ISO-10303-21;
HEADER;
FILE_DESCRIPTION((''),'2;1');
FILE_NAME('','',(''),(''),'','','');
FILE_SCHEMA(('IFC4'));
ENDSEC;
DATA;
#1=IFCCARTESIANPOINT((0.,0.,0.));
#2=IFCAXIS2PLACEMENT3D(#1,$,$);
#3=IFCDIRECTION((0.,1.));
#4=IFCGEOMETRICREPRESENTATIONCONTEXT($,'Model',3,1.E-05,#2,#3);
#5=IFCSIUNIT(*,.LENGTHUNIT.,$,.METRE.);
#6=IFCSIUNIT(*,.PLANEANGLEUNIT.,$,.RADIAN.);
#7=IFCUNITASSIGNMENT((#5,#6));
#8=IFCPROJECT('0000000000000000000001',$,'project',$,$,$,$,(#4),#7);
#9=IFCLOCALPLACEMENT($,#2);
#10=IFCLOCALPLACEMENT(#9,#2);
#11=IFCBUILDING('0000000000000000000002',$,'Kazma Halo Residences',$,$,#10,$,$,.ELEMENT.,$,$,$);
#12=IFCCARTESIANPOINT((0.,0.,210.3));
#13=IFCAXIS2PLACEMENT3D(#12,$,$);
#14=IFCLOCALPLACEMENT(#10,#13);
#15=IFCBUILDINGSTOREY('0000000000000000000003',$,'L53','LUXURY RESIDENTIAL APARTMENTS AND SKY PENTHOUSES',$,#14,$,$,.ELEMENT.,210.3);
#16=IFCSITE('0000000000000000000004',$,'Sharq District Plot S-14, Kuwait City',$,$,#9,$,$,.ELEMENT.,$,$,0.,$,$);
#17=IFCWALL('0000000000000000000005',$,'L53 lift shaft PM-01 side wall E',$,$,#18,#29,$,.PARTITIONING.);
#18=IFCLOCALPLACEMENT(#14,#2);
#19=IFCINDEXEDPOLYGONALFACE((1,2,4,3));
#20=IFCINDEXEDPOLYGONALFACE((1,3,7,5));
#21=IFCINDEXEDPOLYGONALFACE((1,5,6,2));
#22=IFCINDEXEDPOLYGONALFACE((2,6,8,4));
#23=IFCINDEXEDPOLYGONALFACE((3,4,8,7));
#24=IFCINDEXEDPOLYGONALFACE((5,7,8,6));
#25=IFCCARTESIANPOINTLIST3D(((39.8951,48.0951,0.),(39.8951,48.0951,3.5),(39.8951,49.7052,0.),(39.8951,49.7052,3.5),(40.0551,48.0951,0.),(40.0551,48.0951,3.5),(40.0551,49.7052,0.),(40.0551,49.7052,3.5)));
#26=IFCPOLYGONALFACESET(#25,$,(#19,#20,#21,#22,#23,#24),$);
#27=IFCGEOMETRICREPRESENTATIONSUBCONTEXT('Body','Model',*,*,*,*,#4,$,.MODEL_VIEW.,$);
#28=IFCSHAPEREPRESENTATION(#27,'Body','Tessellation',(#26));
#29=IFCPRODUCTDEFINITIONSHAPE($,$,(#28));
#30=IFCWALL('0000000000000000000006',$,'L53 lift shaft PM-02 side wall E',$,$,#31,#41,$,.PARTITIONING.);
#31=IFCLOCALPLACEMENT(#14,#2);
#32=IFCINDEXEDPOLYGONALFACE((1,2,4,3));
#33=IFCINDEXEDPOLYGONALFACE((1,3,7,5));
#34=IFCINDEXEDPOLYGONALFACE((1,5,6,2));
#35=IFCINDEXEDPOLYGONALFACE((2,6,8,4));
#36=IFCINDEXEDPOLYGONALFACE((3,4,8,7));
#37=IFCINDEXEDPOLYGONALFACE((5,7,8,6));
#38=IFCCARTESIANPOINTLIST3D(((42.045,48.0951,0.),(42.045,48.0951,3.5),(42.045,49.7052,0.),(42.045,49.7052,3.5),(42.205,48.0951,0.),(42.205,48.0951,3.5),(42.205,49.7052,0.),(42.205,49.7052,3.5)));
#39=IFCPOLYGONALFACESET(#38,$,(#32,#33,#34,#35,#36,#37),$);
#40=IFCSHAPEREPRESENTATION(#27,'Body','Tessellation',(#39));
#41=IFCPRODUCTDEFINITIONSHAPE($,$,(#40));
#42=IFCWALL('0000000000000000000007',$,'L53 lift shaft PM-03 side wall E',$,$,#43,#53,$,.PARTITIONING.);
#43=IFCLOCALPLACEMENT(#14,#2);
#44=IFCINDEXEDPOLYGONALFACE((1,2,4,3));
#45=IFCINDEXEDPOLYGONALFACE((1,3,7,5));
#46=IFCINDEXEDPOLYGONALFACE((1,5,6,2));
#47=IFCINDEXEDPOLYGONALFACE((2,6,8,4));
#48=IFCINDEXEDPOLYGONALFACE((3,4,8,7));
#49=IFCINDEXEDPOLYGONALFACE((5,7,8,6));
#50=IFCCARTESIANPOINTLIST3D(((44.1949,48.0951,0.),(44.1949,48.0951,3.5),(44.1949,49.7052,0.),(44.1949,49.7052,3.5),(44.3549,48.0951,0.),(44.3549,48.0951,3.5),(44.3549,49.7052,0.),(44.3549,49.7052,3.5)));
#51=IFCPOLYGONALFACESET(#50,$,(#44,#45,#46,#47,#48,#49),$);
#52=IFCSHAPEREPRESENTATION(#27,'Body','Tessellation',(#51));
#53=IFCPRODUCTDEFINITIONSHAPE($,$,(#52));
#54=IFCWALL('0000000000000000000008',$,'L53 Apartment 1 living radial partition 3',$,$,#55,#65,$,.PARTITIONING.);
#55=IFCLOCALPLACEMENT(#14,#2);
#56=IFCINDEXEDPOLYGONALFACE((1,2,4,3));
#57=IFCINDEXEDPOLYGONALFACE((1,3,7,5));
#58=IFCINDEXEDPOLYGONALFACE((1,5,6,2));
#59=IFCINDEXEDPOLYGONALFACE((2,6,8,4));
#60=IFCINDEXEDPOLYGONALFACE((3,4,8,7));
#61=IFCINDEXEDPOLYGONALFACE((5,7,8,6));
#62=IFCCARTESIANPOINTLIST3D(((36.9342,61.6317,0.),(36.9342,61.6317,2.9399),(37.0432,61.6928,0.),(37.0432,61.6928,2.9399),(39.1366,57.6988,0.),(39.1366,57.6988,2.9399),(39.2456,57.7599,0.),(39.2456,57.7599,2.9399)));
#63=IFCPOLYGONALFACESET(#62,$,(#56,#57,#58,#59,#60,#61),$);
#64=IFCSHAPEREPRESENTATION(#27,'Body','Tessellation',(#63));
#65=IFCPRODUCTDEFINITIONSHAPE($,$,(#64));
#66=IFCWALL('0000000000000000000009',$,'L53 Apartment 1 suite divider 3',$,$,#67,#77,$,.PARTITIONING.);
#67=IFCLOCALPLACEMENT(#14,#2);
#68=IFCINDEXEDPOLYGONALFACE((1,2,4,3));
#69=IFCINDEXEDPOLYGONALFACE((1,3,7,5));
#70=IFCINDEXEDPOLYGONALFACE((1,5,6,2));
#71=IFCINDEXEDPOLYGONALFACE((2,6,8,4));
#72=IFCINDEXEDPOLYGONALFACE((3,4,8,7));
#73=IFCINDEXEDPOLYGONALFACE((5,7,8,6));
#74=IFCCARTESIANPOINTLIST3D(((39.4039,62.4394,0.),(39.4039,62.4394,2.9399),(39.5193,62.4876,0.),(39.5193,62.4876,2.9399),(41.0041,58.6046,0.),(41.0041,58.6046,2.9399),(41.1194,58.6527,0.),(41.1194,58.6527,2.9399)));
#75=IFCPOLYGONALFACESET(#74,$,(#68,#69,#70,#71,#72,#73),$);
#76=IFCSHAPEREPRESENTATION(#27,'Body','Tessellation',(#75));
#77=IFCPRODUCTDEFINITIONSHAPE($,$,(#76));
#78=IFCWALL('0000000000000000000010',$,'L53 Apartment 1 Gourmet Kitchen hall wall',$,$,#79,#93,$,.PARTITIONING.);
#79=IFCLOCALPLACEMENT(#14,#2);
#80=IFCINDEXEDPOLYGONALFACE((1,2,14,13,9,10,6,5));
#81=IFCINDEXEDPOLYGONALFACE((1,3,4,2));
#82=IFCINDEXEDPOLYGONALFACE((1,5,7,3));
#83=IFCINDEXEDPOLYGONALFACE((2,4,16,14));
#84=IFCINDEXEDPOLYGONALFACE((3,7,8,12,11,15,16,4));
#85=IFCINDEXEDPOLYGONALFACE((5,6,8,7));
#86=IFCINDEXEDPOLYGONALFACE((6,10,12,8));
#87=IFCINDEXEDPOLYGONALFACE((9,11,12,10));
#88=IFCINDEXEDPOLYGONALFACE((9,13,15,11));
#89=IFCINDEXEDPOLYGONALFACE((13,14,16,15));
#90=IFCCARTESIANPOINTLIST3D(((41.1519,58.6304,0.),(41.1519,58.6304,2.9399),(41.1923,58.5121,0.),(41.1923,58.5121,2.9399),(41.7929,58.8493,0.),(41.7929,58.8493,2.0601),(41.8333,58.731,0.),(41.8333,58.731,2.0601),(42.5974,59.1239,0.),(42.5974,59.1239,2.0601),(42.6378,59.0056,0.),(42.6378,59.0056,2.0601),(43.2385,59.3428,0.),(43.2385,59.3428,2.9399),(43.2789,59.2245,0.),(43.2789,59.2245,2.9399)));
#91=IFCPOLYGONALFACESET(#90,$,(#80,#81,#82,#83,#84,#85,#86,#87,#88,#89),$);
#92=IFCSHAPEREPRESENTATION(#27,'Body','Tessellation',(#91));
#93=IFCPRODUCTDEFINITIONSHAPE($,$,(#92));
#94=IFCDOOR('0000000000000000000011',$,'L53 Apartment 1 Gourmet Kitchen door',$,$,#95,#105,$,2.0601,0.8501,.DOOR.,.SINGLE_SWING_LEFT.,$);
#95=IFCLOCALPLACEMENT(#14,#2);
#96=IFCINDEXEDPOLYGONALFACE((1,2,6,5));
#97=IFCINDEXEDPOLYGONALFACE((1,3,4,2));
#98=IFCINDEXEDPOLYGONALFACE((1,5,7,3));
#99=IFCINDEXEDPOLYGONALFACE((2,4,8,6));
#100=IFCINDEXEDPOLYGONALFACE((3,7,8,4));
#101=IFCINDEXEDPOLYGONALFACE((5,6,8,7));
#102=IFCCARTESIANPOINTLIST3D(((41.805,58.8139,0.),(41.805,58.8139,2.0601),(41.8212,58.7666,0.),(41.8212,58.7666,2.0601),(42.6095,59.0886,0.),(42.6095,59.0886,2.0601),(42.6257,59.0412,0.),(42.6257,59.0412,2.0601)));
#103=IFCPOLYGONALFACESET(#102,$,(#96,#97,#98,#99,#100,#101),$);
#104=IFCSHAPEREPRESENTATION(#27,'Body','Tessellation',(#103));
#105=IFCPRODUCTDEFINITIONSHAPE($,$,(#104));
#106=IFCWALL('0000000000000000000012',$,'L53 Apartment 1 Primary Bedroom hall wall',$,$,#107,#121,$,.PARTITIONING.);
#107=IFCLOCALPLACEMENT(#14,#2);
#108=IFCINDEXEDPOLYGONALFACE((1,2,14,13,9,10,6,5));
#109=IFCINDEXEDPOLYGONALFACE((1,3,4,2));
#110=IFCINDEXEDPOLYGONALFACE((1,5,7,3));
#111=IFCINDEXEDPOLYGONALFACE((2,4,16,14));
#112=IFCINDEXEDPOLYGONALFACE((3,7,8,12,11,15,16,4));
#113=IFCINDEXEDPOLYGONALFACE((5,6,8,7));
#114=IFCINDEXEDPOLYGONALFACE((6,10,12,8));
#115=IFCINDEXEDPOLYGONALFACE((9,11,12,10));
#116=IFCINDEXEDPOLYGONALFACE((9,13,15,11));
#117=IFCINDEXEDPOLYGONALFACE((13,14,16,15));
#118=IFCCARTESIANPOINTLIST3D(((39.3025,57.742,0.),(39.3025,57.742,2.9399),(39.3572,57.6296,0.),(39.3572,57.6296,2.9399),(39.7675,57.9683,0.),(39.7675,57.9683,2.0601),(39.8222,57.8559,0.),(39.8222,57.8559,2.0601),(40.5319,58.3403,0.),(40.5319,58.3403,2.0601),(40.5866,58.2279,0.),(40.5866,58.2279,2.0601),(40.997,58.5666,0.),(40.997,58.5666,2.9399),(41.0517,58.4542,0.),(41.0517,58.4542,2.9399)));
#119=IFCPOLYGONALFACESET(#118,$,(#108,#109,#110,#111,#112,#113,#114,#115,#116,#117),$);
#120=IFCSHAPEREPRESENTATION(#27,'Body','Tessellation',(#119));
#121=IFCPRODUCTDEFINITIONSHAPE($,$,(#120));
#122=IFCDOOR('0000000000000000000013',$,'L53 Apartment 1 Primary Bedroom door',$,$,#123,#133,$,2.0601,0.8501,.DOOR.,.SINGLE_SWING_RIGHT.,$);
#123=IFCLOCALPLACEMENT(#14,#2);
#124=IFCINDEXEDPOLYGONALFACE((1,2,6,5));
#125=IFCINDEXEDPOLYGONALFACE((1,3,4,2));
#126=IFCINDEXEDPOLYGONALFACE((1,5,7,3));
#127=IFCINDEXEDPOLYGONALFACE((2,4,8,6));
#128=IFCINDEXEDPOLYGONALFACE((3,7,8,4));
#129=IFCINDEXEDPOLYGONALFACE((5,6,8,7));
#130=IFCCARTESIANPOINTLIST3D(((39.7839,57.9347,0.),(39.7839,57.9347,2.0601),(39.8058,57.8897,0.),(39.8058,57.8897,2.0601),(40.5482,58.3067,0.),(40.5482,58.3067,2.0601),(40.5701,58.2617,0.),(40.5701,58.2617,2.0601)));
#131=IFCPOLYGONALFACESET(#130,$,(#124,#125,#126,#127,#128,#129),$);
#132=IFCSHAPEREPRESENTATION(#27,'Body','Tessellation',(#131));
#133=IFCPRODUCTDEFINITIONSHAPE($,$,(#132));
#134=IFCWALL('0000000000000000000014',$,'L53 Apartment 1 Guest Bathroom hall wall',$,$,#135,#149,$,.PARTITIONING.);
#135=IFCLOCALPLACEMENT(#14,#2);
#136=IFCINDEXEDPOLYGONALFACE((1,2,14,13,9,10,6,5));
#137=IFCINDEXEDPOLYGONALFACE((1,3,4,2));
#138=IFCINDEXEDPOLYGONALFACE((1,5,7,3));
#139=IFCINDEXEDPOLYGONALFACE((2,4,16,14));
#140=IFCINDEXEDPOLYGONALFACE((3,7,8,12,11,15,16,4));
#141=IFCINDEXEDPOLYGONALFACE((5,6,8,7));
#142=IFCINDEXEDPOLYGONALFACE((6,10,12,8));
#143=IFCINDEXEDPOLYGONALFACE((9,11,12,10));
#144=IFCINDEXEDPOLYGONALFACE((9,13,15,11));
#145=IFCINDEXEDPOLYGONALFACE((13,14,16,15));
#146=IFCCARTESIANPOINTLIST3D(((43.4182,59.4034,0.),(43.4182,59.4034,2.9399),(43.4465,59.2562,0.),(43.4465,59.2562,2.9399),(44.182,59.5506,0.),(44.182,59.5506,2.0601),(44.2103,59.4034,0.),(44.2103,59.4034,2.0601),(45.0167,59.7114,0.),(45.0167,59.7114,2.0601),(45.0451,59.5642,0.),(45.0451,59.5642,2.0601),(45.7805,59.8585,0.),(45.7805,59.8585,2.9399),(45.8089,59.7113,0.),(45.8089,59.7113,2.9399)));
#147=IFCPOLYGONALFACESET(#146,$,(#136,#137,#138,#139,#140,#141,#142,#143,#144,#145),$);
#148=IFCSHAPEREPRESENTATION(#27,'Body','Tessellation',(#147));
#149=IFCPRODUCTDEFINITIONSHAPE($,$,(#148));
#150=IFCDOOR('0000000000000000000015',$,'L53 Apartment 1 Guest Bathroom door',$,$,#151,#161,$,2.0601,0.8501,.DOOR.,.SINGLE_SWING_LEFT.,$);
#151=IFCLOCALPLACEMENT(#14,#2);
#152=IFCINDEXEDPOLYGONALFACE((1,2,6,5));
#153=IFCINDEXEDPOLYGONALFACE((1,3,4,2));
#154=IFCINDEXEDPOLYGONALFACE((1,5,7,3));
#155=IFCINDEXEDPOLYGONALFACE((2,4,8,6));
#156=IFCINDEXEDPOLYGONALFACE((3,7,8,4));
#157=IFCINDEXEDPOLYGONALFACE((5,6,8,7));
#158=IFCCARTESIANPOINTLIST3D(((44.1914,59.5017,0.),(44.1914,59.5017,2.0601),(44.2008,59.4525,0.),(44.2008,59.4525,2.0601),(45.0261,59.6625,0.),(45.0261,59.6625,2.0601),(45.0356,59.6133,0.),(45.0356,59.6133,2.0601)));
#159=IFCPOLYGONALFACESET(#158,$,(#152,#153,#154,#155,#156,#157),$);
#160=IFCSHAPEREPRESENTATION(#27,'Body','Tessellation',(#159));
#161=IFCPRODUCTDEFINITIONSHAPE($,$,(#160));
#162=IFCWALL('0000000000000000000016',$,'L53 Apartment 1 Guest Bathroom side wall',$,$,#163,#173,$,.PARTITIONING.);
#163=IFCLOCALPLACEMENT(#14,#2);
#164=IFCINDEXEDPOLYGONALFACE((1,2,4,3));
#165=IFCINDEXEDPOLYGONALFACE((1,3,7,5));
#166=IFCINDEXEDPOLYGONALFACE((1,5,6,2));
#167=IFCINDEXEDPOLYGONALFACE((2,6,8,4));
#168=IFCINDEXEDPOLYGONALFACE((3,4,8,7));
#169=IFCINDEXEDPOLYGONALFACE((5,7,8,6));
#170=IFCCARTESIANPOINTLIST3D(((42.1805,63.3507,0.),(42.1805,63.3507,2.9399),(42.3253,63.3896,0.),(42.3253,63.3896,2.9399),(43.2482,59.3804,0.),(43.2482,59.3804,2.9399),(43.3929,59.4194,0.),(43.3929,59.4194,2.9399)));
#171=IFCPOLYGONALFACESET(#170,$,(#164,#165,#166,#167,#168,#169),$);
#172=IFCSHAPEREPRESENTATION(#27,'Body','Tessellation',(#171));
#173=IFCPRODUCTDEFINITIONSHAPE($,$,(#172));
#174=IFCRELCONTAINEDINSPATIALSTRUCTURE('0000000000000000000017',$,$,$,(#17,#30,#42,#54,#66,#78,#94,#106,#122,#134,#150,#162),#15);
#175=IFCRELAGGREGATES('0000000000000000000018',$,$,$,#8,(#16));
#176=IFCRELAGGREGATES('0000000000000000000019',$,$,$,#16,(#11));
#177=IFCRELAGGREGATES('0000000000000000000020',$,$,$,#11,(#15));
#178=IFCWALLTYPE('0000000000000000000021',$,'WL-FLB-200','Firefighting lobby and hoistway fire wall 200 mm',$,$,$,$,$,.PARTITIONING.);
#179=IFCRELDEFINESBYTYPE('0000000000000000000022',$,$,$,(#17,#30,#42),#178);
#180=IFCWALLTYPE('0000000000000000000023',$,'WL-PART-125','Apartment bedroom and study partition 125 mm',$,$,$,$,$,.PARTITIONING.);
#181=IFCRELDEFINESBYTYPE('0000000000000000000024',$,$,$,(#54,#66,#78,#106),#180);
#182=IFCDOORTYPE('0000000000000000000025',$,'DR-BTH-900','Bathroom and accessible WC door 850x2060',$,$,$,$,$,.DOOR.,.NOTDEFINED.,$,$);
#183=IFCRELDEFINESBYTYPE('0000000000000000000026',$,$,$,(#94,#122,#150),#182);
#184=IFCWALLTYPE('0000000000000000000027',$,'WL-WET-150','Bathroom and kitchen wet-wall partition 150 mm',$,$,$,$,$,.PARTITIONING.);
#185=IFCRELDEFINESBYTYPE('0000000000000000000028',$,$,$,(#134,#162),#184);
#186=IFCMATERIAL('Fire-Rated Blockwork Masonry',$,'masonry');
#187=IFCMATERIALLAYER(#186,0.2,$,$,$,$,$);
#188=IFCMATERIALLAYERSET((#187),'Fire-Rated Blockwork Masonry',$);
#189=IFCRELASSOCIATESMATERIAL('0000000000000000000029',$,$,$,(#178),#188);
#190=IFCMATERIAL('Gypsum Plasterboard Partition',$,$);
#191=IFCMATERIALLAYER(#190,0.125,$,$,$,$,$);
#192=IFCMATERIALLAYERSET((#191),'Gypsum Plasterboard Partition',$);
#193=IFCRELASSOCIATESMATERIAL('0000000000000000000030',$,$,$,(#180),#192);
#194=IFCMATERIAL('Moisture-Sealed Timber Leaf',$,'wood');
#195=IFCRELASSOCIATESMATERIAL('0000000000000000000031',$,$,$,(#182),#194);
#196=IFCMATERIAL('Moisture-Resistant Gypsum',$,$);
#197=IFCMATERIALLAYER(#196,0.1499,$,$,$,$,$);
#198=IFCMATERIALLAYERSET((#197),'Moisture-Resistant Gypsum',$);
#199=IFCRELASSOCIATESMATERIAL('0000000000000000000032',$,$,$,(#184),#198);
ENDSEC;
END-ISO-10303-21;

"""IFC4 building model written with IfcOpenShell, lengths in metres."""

from ifc_helpers import new_model, si_unit, direction, frame, frame_2d, origin, place, context, subcontext, project, spatial, rectangle, extrude, material, layer, layer_set, type_object, element, fill, save


model = new_model("IFC4")

# Units and contexts
model_context = context("Model", 3, precision=1e-05, world=origin(), true_north=direction((0.0, 1.0)))
body_context = subcontext(model_context, "Body", "Model", "MODEL_VIEW")
ifc_project = project(units=[si_unit("LENGTHUNIT", "METRE"), si_unit("PLANEANGLEUNIT", "RADIAN")], contexts=[model_context])

# Site, building, storey
site_placement = place(None, origin())
site = spatial("IfcSite", under=ifc_project, at=site_placement, Name="Sharq District Plot S-14, Kuwait City", CompositionType="ELEMENT", RefElevation=0.0)
building_placement = place(site_placement, origin())
building = spatial("IfcBuilding", under=site, at=building_placement, Name="Kazma Halo Residences", CompositionType="ELEMENT")
storey_placement = place(building_placement, frame((0.0, 0.0, 210.3)))
storey = spatial("IfcBuildingStorey", under=building, at=storey_placement, Name="L53", Description="LUXURY RESIDENTIAL APARTMENTS AND SKY PENTHOUSES", CompositionType="ELEMENT", Elevation=210.3)

# Walls
ifc_material_1 = material(Name="Fire-Rated Blockwork Masonry", Category="masonry")
ifc_layer_1 = layer(ifc_material_1, 0.2)
ifc_layer_set_1 = layer_set([ifc_layer_1], Name="Fire-Rated Blockwork Masonry")
wall_type_1 = type_object("IfcWallType", Name="WL-FLB-200", Description="Firefighting lobby and hoistway fire wall 200 mm", PredefinedType="PARTITIONING", material=ifc_layer_set_1)
for number, where, z_axis, x_axis, name in (
    (1, (39.9751, 48.095, 0.0), (0.0, 0.0, 1.0), (0.0, 1.0, 0.0), "L53 lift shaft PM-01 side wall E"),
    (2, (42.125, 48.095, 0.0), (0.0, 0.0, 1.0), (0.0, 1.0, 0.0), "L53 lift shaft PM-02 side wall E"),
    (3, (44.2749, 48.095, 0.0), (0.0, 0.0, 1.0), (0.0, 1.0, 0.0), "L53 lift shaft PM-03 side wall E"),
):
    element("IfcWall", number, at=place(storey_placement, frame(where, z_axis=z_axis, x_axis=x_axis)), inside=storey, type_object=wall_type_1, Name=name, PredefinedType="PARTITIONING", context=body_context, shape_type="SweptSolid", body=[
        extrude(rectangle(XDim=1.6101, YDim=0.1599, at=frame_2d((0.8052, 0.0))), origin(), (0.0, 0.0, 1.0), 3.5),
    ])
ifc_material_2 = material(Name="Gypsum Plasterboard Partition")
ifc_layer_2 = layer(ifc_material_2, 0.125)
ifc_layer_set_2 = layer_set([ifc_layer_2], Name="Gypsum Plasterboard Partition")
wall_type_2 = type_object("IfcWallType", Name="WL-PART-125", Description="Apartment bedroom and study partition 125 mm", PredefinedType="PARTITIONING", material=ifc_layer_set_2)
wall_1_placement = place(storey_placement, frame((39.1912, 57.7292, 0.0), z_axis=(0.0, 0.0, 1.0), x_axis=(-0.488602, 0.872507, 0.0)))
element("IfcWall", 4, at=wall_1_placement, inside=storey, type_object=wall_type_2, Name="L53 Apartment 1 living radial partition 3", PredefinedType="PARTITIONING", context=body_context, shape_type="SweptSolid", body=[
    extrude(rectangle(XDim=4.5076, YDim=0.125, at=frame_2d((2.2539, 0.0))), origin(), (0.0, 0.0, 1.0), 2.9399),
])
wall_2_placement = place(storey_placement, frame((41.0618, 58.6287, 0.0), z_axis=(0.0, 0.0, 1.0), x_axis=(-0.385087, 0.92288, 0.0)))
element("IfcWall", 5, at=wall_2_placement, inside=storey, type_object=wall_type_2, Name="L53 Apartment 1 suite divider 3", PredefinedType="PARTITIONING", context=body_context, shape_type="SweptSolid", body=[
    extrude(rectangle(XDim=4.1553, YDim=0.125, at=frame_2d((2.0776, 0.0))), origin(), (0.0, 0.0, 1.0), 2.9399),
])

# Walls, openings, doors
wall_3_placement = place(storey_placement, frame((43.2588, 59.2837, 0.0), z_axis=(0.0, 0.0, 1.0), x_axis=(-0.946366, -0.323095, 0.0)))
wall_3 = element("IfcWall", 6, at=wall_3_placement, inside=storey, type_object=wall_type_2, Name="L53 Apartment 1 Gourmet Kitchen hall wall", PredefinedType="PARTITIONING", context=body_context, shape_type="SweptSolid", body=[
    extrude(rectangle(XDim=2.2048, YDim=0.125, at=frame_2d((1.1025, 0.0))), origin(), (0.0, 0.0, 1.0), 2.9399),
])
opening_1_placement = place(wall_3_placement, frame((0.6775, 0.0, 0.0)))
opening_1 = element("IfcOpeningElement", 7, at=opening_1_placement, cuts=wall_3, PredefinedType="OPENING", context=body_context, shape_type="SweptSolid", body=[
    extrude(rectangle(XDim=0.8501, YDim=2.0601, at=frame_2d((0.425, 1.03))), frame((0.0, 0.0725, 0.0), z_axis=(0.0, -1.0, 0.0), x_axis=(1.0, 0.0, 0.0)), (0.0, 0.0, 1.0), 0.145),
])
ifc_material_3 = material(Name="Moisture-Sealed Timber Leaf", Category="wood")
door_type_1 = type_object("IfcDoorType", Name="DR-BTH-900", Description="Bathroom and accessible WC door 850x2060", OperationType="NOTDEFINED", PredefinedType="DOOR", material=ifc_material_3)
door_1_placement = place(opening_1_placement, origin())
door_1 = element("IfcDoor", 8, at=door_1_placement, inside=storey, type_object=door_type_1, Name="L53 Apartment 1 Gourmet Kitchen door", OperationType="SINGLE_SWING_LEFT", OverallHeight=2.0601, OverallWidth=0.8501, PredefinedType="DOOR", context=body_context, shape_type="SweptSolid", body=[
    extrude(rectangle(XDim=0.8501, YDim=2.0601, at=frame_2d((0.425, 1.03))), frame((0.0, 0.0249, 0.0), z_axis=(0.0, -1.0, 0.0), x_axis=(1.0, 0.0, 0.0)), (0.0, 0.0, 1.0), 0.05),
])
fill(opening_1, door_1)
wall_4_placement = place(storey_placement, frame((41.0244, 58.5105, 0.0), z_axis=(0.0, 0.0, 1.0), x_axis=(-0.899169, -0.437602, 0.0)))
wall_4 = element("IfcWall", 9, at=wall_4_placement, inside=storey, type_object=wall_type_2, Name="L53 Apartment 1 Primary Bedroom hall wall", PredefinedType="PARTITIONING", context=body_context, shape_type="SweptSolid", body=[
    extrude(rectangle(XDim=1.8845, YDim=0.125, at=frame_2d((0.9424, 0.0))), origin(), (0.0, 0.0, 1.0), 2.9399),
])
opening_2_placement = place(wall_4_placement, frame((0.5173, 0.0, 0.0)))
opening_2 = element("IfcOpeningElement", 10, at=opening_2_placement, cuts=wall_4, PredefinedType="OPENING", context=body_context, shape_type="SweptSolid", body=[
    extrude(rectangle(XDim=0.8501, YDim=2.0601, at=frame_2d((0.425, 1.03))), frame((0.0, 0.0725, 0.0), z_axis=(0.0, -1.0, 0.0), x_axis=(1.0, 0.0, 0.0)), (0.0, 0.0, 1.0), 0.145),
])
door_2_placement = place(opening_2_placement, origin())
door_2 = element("IfcDoor", 11, at=door_2_placement, inside=storey, type_object=door_type_1, Name="L53 Apartment 1 Primary Bedroom door", OperationType="SINGLE_SWING_RIGHT", OverallHeight=2.0601, OverallWidth=0.8501, PredefinedType="DOOR", context=body_context, shape_type="SweptSolid", body=[
    extrude(rectangle(XDim=0.8501, YDim=2.0601, at=frame_2d((0.425, 1.03))), frame((0.0, 0.0249, 0.0), z_axis=(0.0, -1.0, 0.0), x_axis=(1.0, 0.0, 0.0)), (0.0, 0.0, 1.0), 0.05),
])
fill(opening_2, door_2)
ifc_material_4 = material(Name="Moisture-Resistant Gypsum")
ifc_layer_3 = layer(ifc_material_4, 0.1499)
ifc_layer_set_3 = layer_set([ifc_layer_3], Name="Moisture-Resistant Gypsum")
wall_type_3 = type_object("IfcWallType", Name="WL-WET-150", Description="Bathroom and kitchen wet-wall partition 150 mm", PredefinedType="PARTITIONING", material=ifc_layer_set_3)
wall_5_placement = place(storey_placement, frame((45.7947, 59.7849, 0.0), z_axis=(0.0, 0.0, 1.0), x_axis=(-0.981946, -0.189164, 0.0)))
wall_5 = element("IfcWall", 12, at=wall_5_placement, inside=storey, type_object=wall_type_3, Name="L53 Apartment 1 Guest Bathroom hall wall", PredefinedType="PARTITIONING", context=body_context, shape_type="SweptSolid", body=[
    extrude(rectangle(XDim=2.4058, YDim=0.1499, at=frame_2d((1.2029, 0.0))), origin(), (0.0, 0.0, 1.0), 2.9399),
])
opening_3_placement = place(wall_5_placement, frame((0.7778, 0.0, 0.0)))
opening_3 = element("IfcOpeningElement", 13, at=opening_3_placement, cuts=wall_5, PredefinedType="OPENING", context=body_context, shape_type="SweptSolid", body=[
    extrude(rectangle(XDim=0.8501, YDim=2.0601, at=frame_2d((0.425, 1.03))), frame((0.0, 0.085, 0.0), z_axis=(0.0, -1.0, 0.0), x_axis=(1.0, 0.0, 0.0)), (0.0, 0.0, 1.0), 0.1699),
])
door_3_placement = place(opening_3_placement, origin())
door_3 = element("IfcDoor", 14, at=door_3_placement, inside=storey, type_object=door_type_1, Name="L53 Apartment 1 Guest Bathroom door", OperationType="SINGLE_SWING_LEFT", OverallHeight=2.0601, OverallWidth=0.8501, PredefinedType="DOOR", context=body_context, shape_type="SweptSolid", body=[
    extrude(rectangle(XDim=0.8501, YDim=2.0601, at=frame_2d((0.425, 1.03))), frame((0.0, 0.0249, 0.0), z_axis=(0.0, -1.0, 0.0), x_axis=(1.0, 0.0, 0.0)), (0.0, 0.0, 1.0), 0.05),
])
fill(opening_3, door_3)

# Wall
wall_6_placement = place(storey_placement, frame((43.3206, 59.3999, 0.0), z_axis=(0.0, 0.0, 1.0), x_axis=(-0.259684, 0.965694, 0.0)))
element("IfcWall", 15, at=wall_6_placement, inside=storey, type_object=wall_type_3, Name="L53 Apartment 1 Guest Bathroom side wall", PredefinedType="PARTITIONING", context=body_context, shape_type="SweptSolid", body=[
    extrude(rectangle(XDim=4.1113, YDim=0.1499, at=frame_2d((2.0557, 0.0))), origin(), (0.0, 0.0, 1.0), 2.9399),
])

save(model, "model.ifc")
